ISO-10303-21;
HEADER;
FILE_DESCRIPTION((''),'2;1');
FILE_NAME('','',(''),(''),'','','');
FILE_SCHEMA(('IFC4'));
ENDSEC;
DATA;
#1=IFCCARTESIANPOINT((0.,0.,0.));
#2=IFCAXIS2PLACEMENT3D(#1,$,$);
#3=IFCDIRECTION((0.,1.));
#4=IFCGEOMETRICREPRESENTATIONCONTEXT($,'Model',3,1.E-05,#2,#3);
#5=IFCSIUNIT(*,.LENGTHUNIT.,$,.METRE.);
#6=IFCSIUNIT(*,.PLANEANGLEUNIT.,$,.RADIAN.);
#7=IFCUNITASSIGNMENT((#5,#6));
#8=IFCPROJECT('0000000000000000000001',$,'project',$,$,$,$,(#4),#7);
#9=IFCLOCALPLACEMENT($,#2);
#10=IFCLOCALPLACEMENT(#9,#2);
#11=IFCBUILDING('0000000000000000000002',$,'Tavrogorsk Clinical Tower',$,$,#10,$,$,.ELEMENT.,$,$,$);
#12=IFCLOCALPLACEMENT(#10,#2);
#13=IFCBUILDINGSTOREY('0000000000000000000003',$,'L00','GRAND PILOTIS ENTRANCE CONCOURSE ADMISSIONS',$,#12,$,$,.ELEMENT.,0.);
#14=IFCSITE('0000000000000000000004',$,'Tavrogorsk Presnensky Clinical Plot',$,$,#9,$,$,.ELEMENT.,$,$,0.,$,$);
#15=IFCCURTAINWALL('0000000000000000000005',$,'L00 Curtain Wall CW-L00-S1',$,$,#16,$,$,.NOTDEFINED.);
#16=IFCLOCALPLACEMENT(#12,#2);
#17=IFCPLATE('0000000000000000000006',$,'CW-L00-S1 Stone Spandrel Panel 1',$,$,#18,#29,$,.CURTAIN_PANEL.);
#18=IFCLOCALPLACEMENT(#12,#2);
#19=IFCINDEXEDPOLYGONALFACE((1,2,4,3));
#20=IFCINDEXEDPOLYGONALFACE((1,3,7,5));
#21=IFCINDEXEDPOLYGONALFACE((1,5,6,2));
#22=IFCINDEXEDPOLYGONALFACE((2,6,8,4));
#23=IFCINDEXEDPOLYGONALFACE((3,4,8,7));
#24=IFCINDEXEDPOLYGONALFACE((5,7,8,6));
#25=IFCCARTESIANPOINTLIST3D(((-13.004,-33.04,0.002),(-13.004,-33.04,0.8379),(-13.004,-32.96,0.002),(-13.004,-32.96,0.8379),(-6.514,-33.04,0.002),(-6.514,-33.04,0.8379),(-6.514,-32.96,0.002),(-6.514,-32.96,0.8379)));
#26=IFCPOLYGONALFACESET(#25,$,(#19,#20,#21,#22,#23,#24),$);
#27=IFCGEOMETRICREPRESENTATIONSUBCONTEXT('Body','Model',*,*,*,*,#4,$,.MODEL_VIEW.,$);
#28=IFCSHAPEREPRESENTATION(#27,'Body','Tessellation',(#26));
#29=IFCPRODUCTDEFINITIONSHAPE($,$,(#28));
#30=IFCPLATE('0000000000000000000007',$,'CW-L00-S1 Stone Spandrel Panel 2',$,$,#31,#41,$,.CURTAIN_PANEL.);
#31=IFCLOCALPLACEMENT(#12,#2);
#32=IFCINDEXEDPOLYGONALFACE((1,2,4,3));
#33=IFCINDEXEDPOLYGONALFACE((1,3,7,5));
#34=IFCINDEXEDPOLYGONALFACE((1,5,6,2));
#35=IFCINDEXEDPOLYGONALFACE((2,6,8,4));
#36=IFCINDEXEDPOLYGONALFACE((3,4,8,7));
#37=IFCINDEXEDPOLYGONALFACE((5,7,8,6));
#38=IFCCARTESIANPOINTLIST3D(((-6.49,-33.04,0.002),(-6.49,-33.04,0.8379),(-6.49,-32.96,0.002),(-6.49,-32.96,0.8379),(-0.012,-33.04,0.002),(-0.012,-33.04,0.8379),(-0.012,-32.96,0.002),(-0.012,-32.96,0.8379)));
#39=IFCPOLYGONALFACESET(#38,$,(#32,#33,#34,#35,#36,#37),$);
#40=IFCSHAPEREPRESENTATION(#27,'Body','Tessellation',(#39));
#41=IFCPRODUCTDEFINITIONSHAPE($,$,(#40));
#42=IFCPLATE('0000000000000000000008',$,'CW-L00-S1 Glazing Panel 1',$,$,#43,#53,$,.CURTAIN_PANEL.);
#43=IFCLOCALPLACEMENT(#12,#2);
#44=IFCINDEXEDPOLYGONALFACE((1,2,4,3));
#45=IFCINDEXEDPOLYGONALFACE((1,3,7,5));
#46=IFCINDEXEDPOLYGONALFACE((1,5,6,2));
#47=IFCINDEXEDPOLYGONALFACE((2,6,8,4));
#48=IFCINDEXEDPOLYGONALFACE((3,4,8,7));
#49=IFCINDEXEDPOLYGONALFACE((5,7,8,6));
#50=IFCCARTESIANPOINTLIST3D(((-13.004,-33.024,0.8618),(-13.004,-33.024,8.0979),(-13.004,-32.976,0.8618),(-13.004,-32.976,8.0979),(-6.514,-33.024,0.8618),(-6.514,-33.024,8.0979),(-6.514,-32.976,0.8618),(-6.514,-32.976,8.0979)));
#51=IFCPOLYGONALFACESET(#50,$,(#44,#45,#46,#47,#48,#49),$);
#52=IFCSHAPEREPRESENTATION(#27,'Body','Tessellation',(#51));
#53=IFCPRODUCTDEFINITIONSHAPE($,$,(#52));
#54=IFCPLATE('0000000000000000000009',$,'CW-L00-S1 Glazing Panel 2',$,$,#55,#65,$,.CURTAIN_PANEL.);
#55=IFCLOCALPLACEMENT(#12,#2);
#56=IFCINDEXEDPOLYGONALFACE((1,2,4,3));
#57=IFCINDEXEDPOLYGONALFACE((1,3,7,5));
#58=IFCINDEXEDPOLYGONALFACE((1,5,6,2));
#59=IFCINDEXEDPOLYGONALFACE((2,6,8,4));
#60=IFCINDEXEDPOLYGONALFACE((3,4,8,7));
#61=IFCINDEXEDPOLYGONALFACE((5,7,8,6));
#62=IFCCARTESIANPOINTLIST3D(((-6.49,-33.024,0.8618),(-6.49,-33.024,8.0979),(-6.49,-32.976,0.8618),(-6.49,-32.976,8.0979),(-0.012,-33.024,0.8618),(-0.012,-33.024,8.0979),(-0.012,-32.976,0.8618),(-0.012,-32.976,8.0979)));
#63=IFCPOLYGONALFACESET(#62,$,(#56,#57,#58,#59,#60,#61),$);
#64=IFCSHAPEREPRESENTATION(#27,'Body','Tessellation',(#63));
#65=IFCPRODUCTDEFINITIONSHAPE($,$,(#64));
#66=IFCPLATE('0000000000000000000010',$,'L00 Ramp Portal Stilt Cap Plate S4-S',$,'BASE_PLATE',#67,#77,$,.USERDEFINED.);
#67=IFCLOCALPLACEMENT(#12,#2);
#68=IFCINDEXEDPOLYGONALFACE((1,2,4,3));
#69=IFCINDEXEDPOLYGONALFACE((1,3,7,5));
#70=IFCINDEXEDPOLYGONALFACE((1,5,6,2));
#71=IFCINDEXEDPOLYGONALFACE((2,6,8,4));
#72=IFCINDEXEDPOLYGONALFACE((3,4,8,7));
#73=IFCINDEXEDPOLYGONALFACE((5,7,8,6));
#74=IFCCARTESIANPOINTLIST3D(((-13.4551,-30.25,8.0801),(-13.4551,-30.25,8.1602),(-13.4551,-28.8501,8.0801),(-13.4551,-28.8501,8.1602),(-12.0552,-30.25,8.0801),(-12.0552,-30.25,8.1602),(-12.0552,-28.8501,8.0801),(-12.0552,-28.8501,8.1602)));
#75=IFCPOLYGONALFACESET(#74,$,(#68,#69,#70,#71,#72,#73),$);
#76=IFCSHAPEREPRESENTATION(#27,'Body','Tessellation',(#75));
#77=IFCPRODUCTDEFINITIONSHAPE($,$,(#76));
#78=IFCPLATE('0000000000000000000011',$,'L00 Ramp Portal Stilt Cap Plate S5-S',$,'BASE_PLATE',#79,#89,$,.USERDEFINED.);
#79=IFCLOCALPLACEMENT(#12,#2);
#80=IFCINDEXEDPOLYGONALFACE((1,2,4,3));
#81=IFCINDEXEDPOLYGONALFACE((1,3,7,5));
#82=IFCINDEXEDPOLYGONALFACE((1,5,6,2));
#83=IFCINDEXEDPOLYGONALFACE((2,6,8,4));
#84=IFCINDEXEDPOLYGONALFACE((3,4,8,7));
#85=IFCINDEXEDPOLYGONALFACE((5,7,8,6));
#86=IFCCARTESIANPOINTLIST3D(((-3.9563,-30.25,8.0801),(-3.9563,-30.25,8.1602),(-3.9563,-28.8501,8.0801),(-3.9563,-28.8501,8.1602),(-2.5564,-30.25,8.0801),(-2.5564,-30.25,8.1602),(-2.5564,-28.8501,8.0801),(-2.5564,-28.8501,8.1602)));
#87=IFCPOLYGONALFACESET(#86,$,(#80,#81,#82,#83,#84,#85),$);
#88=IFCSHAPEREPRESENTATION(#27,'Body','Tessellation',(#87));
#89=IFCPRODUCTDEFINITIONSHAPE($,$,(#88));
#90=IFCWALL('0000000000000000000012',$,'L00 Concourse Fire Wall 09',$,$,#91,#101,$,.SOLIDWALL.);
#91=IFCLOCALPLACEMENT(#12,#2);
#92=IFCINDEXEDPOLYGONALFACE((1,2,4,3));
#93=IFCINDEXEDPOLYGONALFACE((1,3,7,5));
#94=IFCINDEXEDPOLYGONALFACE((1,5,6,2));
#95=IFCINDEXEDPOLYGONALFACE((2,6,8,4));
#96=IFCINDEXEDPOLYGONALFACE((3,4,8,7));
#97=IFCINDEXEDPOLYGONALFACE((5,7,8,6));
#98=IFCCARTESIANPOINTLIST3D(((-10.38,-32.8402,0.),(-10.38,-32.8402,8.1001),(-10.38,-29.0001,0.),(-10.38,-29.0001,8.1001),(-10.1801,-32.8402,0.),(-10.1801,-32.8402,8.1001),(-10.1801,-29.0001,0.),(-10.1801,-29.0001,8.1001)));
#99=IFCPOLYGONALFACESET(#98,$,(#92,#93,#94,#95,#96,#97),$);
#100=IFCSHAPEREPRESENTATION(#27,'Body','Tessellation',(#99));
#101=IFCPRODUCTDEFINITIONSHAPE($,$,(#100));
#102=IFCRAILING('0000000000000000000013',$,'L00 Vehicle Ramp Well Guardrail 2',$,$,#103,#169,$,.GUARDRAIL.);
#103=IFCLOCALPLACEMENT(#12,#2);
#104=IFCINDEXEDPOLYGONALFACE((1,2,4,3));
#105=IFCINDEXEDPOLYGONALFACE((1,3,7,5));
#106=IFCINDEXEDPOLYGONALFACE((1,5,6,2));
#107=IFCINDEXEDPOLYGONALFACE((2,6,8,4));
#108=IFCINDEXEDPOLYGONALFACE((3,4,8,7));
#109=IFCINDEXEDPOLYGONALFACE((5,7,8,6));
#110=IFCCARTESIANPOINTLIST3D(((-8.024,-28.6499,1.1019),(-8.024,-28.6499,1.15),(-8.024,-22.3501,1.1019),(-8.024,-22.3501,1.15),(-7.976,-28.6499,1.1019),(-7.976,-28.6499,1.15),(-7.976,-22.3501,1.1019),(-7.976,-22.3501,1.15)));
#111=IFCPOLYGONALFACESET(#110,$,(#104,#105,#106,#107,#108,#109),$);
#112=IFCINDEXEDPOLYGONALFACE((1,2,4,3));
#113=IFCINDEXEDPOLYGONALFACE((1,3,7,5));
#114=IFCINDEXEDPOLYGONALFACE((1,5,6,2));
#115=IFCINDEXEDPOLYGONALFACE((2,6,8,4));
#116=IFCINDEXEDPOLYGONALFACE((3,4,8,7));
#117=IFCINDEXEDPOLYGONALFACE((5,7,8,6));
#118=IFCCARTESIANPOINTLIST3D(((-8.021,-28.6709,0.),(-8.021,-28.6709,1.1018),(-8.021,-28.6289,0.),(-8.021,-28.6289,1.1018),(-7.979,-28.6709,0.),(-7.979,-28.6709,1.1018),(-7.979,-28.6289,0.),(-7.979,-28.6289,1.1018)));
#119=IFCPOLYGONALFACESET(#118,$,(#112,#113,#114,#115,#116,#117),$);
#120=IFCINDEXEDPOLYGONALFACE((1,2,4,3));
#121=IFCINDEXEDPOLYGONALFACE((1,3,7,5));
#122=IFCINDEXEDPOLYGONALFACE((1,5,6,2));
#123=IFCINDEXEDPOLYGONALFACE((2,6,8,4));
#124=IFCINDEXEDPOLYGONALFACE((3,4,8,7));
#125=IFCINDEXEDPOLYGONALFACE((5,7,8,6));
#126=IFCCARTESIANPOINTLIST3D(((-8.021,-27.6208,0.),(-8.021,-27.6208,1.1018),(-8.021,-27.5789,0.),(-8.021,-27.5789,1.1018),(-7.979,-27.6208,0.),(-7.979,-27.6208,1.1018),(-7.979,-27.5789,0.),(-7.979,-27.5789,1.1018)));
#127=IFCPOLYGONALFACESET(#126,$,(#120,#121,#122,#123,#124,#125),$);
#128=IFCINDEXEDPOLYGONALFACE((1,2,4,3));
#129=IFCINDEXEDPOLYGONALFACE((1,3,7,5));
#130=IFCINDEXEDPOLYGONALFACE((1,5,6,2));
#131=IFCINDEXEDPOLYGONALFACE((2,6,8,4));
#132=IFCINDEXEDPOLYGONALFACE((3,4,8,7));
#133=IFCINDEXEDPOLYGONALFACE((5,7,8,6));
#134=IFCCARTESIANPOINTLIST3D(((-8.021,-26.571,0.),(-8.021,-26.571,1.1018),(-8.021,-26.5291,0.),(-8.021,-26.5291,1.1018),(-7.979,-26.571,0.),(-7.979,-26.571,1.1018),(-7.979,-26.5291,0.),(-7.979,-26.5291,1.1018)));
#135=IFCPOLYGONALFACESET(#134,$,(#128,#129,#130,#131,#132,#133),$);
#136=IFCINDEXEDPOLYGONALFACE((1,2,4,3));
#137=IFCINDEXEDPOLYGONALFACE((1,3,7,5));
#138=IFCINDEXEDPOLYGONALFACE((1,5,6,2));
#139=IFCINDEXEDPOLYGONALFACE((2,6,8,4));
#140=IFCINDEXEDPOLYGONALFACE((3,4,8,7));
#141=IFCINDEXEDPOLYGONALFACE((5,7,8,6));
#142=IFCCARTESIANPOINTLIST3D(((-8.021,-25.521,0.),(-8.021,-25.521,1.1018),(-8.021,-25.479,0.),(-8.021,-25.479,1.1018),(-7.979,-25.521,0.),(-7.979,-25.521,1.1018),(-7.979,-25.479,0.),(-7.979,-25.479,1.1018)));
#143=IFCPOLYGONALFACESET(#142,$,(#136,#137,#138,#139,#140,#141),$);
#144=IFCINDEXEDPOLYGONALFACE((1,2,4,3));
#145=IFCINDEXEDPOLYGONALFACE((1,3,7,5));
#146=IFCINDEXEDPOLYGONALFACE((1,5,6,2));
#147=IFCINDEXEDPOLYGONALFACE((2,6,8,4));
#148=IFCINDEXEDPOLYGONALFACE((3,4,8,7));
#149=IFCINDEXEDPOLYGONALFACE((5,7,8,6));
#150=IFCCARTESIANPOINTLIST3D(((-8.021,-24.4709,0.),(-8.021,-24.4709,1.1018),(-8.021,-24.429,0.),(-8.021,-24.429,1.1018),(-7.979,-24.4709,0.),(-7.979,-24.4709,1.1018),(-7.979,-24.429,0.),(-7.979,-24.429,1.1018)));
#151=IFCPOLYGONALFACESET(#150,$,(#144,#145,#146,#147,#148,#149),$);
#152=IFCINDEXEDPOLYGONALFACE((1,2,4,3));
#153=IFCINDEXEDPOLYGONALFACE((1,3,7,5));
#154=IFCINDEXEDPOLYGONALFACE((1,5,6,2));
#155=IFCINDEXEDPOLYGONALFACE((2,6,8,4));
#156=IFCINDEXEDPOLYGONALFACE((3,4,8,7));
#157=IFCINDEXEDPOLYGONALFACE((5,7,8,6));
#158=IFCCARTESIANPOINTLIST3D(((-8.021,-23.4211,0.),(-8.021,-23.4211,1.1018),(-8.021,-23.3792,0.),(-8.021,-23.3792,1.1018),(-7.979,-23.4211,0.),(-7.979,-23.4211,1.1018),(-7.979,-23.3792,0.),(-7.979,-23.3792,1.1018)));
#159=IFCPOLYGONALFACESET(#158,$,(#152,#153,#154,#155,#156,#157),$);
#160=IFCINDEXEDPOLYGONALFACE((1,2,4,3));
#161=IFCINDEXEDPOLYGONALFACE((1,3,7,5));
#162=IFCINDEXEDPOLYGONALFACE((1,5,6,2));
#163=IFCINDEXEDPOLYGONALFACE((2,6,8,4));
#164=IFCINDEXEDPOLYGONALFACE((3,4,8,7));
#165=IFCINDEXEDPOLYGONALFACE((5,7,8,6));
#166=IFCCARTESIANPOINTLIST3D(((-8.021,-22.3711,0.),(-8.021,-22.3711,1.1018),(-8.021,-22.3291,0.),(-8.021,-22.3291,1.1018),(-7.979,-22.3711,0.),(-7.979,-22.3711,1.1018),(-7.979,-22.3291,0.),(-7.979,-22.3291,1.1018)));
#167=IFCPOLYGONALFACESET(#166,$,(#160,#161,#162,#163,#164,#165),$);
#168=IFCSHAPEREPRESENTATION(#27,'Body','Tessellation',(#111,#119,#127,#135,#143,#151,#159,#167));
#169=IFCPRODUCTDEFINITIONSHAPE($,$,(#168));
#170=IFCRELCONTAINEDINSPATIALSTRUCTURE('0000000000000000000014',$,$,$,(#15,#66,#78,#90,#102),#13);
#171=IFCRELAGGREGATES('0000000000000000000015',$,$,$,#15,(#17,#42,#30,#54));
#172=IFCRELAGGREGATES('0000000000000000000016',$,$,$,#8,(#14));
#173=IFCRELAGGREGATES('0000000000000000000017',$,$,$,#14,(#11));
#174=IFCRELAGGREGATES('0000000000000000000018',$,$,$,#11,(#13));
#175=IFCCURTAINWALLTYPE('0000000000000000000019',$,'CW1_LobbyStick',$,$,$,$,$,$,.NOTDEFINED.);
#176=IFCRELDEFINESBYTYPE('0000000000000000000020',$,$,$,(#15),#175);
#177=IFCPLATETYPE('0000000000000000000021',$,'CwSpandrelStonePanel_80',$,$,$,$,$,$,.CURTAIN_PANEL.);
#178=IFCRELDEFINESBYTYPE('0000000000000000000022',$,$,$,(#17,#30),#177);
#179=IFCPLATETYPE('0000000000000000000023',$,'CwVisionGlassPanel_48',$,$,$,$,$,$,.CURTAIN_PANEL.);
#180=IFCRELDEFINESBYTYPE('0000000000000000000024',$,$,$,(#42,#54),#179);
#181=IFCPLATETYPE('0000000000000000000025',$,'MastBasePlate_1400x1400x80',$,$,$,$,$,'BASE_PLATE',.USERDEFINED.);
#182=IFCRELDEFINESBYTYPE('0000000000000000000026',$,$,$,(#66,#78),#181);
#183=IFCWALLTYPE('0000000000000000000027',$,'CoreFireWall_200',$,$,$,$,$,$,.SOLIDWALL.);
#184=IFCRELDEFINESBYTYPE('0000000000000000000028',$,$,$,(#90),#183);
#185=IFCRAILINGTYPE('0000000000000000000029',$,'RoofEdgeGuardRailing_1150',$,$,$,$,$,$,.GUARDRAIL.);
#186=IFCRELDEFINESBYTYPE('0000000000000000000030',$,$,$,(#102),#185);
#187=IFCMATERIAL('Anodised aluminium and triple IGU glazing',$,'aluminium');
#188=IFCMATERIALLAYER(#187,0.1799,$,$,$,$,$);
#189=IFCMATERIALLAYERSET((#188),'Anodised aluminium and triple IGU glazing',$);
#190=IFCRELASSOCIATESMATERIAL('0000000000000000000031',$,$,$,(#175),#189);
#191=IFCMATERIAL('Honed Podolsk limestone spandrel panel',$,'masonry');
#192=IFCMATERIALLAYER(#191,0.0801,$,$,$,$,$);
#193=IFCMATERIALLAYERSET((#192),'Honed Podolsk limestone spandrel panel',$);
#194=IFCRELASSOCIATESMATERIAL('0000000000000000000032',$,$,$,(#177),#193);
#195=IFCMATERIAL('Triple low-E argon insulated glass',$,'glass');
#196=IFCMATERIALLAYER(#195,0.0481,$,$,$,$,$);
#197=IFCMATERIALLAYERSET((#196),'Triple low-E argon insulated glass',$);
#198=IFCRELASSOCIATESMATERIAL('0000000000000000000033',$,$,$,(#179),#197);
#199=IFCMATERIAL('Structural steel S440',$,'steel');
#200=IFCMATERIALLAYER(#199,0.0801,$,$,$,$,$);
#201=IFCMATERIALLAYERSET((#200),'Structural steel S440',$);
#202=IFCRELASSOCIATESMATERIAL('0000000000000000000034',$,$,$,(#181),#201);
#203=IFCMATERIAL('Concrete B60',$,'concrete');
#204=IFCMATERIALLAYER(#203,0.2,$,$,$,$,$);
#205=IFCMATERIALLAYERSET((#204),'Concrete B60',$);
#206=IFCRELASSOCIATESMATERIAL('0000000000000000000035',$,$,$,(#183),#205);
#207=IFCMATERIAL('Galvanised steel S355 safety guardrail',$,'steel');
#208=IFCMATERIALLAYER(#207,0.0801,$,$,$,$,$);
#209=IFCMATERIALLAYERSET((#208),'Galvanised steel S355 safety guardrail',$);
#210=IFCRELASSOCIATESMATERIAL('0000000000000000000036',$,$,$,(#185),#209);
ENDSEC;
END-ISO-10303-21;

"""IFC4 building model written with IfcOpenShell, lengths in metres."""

from ifc_helpers import new_model, si_unit, direction, frame, frame_2d, origin, origin_2d, place, context, subcontext, project, spatial, rectangle, extrude, material, layer, layer_set, type_object, element, aggregate, save


model = new_model("IFC4")

# Units and contexts
model_context = context("Model", 3, precision=1e-05, world=origin(), true_north=direction((0.0, 1.0)))
body_context = subcontext(model_context, "Body", "Model", "MODEL_VIEW")
ifc_project = project(units=[si_unit("LENGTHUNIT", "METRE"), si_unit("PLANEANGLEUNIT", "RADIAN")], contexts=[model_context])

# Site, building, storey
site_placement = place(None, origin())
site = spatial("IfcSite", under=ifc_project, at=site_placement, Name="Tavrogorsk Presnensky Clinical Plot", CompositionType="ELEMENT", RefElevation=0.0)
building_placement = place(site_placement, origin())
building = spatial("IfcBuilding", under=site, at=building_placement, Name="Tavrogorsk Clinical Tower", CompositionType="ELEMENT")
storey_placement = place(building_placement, origin())
storey = spatial("IfcBuildingStorey", under=building, at=storey_placement, Name="L00", Description="GRAND PILOTIS ENTRANCE CONCOURSE ADMISSIONS", CompositionType="ELEMENT", Elevation=0.0)

# Curtain wall
ifc_material_1 = material(Name="Anodised aluminium and triple IGU glazing", Category="aluminium")
ifc_layer_1 = layer(ifc_material_1, 0.1799)
ifc_layer_set_1 = layer_set([ifc_layer_1], Name="Anodised aluminium and triple IGU glazing")
curtain_wall_type = type_object("IfcCurtainWallType", Name="CW1_LobbyStick", PredefinedType="NOTDEFINED", material=ifc_layer_set_1)
curtain_wall_placement = place(storey_placement, origin())
curtain_wall = element("IfcCurtainWall", 1, at=curtain_wall_placement, inside=storey, type_object=curtain_wall_type, Name="L00 Curtain Wall CW-L00-S1", PredefinedType="NOTDEFINED")

# Plates
ifc_material_2 = material(Name="Honed Podolsk limestone spandrel panel", Category="masonry")
ifc_layer_2 = layer(ifc_material_2, 0.0801)
ifc_layer_set_2 = layer_set([ifc_layer_2], Name="Honed Podolsk limestone spandrel panel")
plate_type_1 = type_object("IfcPlateType", Name="CwSpandrelStonePanel_80", PredefinedType="CURTAIN_PANEL", material=ifc_layer_set_2)
plate_1_placement = place(storey_placement, frame((-9.759, -33.0, 0.002), z_axis=(0.0, 0.0, 1.0), x_axis=(1.0, 0.0, 0.0)))
plate_1 = element("IfcPlate", 2, at=plate_1_placement, type_object=plate_type_1, Name="CW-L00-S1 Stone Spandrel Panel 1", PredefinedType="CURTAIN_PANEL", context=body_context, shape_type="SweptSolid", body=[
    extrude(rectangle(XDim=6.49, YDim=0.0801, at=origin_2d()), origin(), (0.0, 0.0, 1.0), 0.8359),
])
plate_2_placement = place(storey_placement, frame((-3.251, -33.0, 0.002), z_axis=(0.0, 0.0, 1.0), x_axis=(1.0, 0.0, 0.0)))
plate_2 = element("IfcPlate", 3, at=plate_2_placement, type_object=plate_type_1, Name="CW-L00-S1 Stone Spandrel Panel 2", PredefinedType="CURTAIN_PANEL", context=body_context, shape_type="SweptSolid", body=[
    extrude(rectangle(XDim=6.478, YDim=0.0801, at=origin_2d()), origin(), (0.0, 0.0, 1.0), 0.8359),
])
ifc_material_3 = material(Name="Triple low-E argon insulated glass", Category="glass")
ifc_layer_3 = layer(ifc_material_3, 0.0481)
ifc_layer_set_3 = layer_set([ifc_layer_3], Name="Triple low-E argon insulated glass")
plate_type_2 = type_object("IfcPlateType", Name="CwVisionGlassPanel_48", PredefinedType="CURTAIN_PANEL", material=ifc_layer_set_3)
plate_3_placement = place(storey_placement, frame((-9.759, -33.0, 0.8618), z_axis=(0.0, 0.0, 1.0), x_axis=(1.0, 0.0, 0.0)))
plate_3 = element("IfcPlate", 4, at=plate_3_placement, type_object=plate_type_2, Name="CW-L00-S1 Glazing Panel 1", PredefinedType="CURTAIN_PANEL", context=body_context, shape_type="SweptSolid", body=[
    extrude(rectangle(XDim=6.49, YDim=0.0481, at=origin_2d()), origin(), (0.0, 0.0, 1.0), 7.2361),
])
plate_4_placement = place(storey_placement, frame((-3.251, -33.0, 0.8618), z_axis=(0.0, 0.0, 1.0), x_axis=(1.0, 0.0, 0.0)))
plate_4 = element("IfcPlate", 5, at=plate_4_placement, type_object=plate_type_2, Name="CW-L00-S1 Glazing Panel 2", PredefinedType="CURTAIN_PANEL", context=body_context, shape_type="SweptSolid", body=[
    extrude(rectangle(XDim=6.478, YDim=0.0481, at=origin_2d()), origin(), (0.0, 0.0, 1.0), 7.2361),
])
aggregate(curtain_wall, [plate_1, plate_3, plate_2, plate_4])

# Plates
ifc_material_4 = material(Name="Structural steel S440", Category="steel")
ifc_layer_4 = layer(ifc_material_4, 0.0801)
ifc_layer_set_4 = layer_set([ifc_layer_4], Name="Structural steel S440")
plate_type_3 = type_object("IfcPlateType", Name="MastBasePlate_1400x1400x80", ElementType="BASE_PLATE", PredefinedType="USERDEFINED", material=ifc_layer_set_4)
for number, where, z_axis, x_axis, name in (
    (6, (-12.7551, -29.55, 8.0801), (0.0, 0.0, 1.0), (1.0, 0.0, 0.0), "L00 Ramp Portal Stilt Cap Plate S4-S"),
    (7, (-3.2563, -29.55, 8.0801), (0.0, 0.0, 1.0), (1.0, 0.0, 0.0), "L00 Ramp Portal Stilt Cap Plate S5-S"),
):
    element("IfcPlate", number, at=place(storey_placement, frame(where, z_axis=z_axis, x_axis=x_axis)), inside=storey, type_object=plate_type_3, Name=name, ObjectType="BASE_PLATE", PredefinedType="USERDEFINED", context=body_context, shape_type="SweptSolid", body=[
        extrude(rectangle(XDim=1.3999, YDim=1.3999, at=origin_2d()), origin(), (0.0, 0.0, 1.0), 0.0801),
    ])

# Wall
ifc_material_5 = material(Name="Concrete B60", Category="concrete")
ifc_layer_5 = layer(ifc_material_5, 0.2)
ifc_layer_set_5 = layer_set([ifc_layer_5], Name="Concrete B60")
wall_type = type_object("IfcWallType", Name="CoreFireWall_200", PredefinedType="SOLIDWALL", material=ifc_layer_set_5)
wall_placement = place(storey_placement, frame((-10.28, -32.8401, 0.0), z_axis=(0.0, 0.0, 1.0), x_axis=(0.0, 1.0, 0.0)))
element("IfcWall", 8, at=wall_placement, inside=storey, type_object=wall_type, Name="L00 Concourse Fire Wall 09", PredefinedType="SOLIDWALL", context=body_context, shape_type="SweptSolid", body=[
    extrude(rectangle(XDim=3.8401, YDim=0.2, at=frame_2d((1.9199, 0.0))), origin(), (0.0, 0.0, 1.0), 8.1001),
])

# Railing
ifc_material_6 = material(Name="Galvanised steel S355 safety guardrail", Category="steel")
ifc_layer_6 = layer(ifc_material_6, 0.0801)
ifc_layer_set_6 = layer_set([ifc_layer_6], Name="Galvanised steel S355 safety guardrail")
railing_type = type_object("IfcRailingType", Name="RoofEdgeGuardRailing_1150", PredefinedType="GUARDRAIL", material=ifc_layer_set_6)
railing_placement = place(storey_placement, frame((-8.0, -28.6499, 0.0)))
element("IfcRailing", 9, at=railing_placement, inside=storey, type_object=railing_type, Name="L00 Vehicle Ramp Well Guardrail 2", PredefinedType="GUARDRAIL", context=body_context, shape_type="SweptSolid", body=[
    extrude(rectangle(XDim=0.0481, YDim=0.0481, at=origin_2d()), frame((0.0, 0.0, 1.126), z_axis=(0.0, 1.0, 0.0), x_axis=(-1.0, 0.0, 0.0)), (0.0, 0.0, 1.0), 6.2998),
    extrude(rectangle(XDim=0.042, YDim=0.042, at=origin_2d()), origin(), (0.0, 0.0, 1.0), 1.1018),
    extrude(rectangle(XDim=0.042, YDim=0.042, at=origin_2d()), frame((0.0, 1.05, 0.0)), (0.0, 0.0, 1.0), 1.1018),
    extrude(rectangle(XDim=0.042, YDim=0.042, at=origin_2d()), frame((0.0, 2.0999, 0.0)), (0.0, 0.0, 1.0), 1.1018),
    extrude(rectangle(XDim=0.042, YDim=0.042, at=origin_2d()), frame((0.0, 3.1499, 0.0)), (0.0, 0.0, 1.0), 1.1018),
    extrude(rectangle(XDim=0.042, YDim=0.042, at=origin_2d()), frame((0.0, 4.2, 0.0)), (0.0, 0.0, 1.0), 1.1018),
    extrude(rectangle(XDim=0.042, YDim=0.042, at=origin_2d()), frame((0.0, 5.2498, 0.0)), (0.0, 0.0, 1.0), 1.1018),
    extrude(rectangle(XDim=0.042, YDim=0.042, at=origin_2d()), frame((0.0, 6.2998, 0.0)), (0.0, 0.0, 1.0), 1.1018),
])

save(model, "model.ifc")
